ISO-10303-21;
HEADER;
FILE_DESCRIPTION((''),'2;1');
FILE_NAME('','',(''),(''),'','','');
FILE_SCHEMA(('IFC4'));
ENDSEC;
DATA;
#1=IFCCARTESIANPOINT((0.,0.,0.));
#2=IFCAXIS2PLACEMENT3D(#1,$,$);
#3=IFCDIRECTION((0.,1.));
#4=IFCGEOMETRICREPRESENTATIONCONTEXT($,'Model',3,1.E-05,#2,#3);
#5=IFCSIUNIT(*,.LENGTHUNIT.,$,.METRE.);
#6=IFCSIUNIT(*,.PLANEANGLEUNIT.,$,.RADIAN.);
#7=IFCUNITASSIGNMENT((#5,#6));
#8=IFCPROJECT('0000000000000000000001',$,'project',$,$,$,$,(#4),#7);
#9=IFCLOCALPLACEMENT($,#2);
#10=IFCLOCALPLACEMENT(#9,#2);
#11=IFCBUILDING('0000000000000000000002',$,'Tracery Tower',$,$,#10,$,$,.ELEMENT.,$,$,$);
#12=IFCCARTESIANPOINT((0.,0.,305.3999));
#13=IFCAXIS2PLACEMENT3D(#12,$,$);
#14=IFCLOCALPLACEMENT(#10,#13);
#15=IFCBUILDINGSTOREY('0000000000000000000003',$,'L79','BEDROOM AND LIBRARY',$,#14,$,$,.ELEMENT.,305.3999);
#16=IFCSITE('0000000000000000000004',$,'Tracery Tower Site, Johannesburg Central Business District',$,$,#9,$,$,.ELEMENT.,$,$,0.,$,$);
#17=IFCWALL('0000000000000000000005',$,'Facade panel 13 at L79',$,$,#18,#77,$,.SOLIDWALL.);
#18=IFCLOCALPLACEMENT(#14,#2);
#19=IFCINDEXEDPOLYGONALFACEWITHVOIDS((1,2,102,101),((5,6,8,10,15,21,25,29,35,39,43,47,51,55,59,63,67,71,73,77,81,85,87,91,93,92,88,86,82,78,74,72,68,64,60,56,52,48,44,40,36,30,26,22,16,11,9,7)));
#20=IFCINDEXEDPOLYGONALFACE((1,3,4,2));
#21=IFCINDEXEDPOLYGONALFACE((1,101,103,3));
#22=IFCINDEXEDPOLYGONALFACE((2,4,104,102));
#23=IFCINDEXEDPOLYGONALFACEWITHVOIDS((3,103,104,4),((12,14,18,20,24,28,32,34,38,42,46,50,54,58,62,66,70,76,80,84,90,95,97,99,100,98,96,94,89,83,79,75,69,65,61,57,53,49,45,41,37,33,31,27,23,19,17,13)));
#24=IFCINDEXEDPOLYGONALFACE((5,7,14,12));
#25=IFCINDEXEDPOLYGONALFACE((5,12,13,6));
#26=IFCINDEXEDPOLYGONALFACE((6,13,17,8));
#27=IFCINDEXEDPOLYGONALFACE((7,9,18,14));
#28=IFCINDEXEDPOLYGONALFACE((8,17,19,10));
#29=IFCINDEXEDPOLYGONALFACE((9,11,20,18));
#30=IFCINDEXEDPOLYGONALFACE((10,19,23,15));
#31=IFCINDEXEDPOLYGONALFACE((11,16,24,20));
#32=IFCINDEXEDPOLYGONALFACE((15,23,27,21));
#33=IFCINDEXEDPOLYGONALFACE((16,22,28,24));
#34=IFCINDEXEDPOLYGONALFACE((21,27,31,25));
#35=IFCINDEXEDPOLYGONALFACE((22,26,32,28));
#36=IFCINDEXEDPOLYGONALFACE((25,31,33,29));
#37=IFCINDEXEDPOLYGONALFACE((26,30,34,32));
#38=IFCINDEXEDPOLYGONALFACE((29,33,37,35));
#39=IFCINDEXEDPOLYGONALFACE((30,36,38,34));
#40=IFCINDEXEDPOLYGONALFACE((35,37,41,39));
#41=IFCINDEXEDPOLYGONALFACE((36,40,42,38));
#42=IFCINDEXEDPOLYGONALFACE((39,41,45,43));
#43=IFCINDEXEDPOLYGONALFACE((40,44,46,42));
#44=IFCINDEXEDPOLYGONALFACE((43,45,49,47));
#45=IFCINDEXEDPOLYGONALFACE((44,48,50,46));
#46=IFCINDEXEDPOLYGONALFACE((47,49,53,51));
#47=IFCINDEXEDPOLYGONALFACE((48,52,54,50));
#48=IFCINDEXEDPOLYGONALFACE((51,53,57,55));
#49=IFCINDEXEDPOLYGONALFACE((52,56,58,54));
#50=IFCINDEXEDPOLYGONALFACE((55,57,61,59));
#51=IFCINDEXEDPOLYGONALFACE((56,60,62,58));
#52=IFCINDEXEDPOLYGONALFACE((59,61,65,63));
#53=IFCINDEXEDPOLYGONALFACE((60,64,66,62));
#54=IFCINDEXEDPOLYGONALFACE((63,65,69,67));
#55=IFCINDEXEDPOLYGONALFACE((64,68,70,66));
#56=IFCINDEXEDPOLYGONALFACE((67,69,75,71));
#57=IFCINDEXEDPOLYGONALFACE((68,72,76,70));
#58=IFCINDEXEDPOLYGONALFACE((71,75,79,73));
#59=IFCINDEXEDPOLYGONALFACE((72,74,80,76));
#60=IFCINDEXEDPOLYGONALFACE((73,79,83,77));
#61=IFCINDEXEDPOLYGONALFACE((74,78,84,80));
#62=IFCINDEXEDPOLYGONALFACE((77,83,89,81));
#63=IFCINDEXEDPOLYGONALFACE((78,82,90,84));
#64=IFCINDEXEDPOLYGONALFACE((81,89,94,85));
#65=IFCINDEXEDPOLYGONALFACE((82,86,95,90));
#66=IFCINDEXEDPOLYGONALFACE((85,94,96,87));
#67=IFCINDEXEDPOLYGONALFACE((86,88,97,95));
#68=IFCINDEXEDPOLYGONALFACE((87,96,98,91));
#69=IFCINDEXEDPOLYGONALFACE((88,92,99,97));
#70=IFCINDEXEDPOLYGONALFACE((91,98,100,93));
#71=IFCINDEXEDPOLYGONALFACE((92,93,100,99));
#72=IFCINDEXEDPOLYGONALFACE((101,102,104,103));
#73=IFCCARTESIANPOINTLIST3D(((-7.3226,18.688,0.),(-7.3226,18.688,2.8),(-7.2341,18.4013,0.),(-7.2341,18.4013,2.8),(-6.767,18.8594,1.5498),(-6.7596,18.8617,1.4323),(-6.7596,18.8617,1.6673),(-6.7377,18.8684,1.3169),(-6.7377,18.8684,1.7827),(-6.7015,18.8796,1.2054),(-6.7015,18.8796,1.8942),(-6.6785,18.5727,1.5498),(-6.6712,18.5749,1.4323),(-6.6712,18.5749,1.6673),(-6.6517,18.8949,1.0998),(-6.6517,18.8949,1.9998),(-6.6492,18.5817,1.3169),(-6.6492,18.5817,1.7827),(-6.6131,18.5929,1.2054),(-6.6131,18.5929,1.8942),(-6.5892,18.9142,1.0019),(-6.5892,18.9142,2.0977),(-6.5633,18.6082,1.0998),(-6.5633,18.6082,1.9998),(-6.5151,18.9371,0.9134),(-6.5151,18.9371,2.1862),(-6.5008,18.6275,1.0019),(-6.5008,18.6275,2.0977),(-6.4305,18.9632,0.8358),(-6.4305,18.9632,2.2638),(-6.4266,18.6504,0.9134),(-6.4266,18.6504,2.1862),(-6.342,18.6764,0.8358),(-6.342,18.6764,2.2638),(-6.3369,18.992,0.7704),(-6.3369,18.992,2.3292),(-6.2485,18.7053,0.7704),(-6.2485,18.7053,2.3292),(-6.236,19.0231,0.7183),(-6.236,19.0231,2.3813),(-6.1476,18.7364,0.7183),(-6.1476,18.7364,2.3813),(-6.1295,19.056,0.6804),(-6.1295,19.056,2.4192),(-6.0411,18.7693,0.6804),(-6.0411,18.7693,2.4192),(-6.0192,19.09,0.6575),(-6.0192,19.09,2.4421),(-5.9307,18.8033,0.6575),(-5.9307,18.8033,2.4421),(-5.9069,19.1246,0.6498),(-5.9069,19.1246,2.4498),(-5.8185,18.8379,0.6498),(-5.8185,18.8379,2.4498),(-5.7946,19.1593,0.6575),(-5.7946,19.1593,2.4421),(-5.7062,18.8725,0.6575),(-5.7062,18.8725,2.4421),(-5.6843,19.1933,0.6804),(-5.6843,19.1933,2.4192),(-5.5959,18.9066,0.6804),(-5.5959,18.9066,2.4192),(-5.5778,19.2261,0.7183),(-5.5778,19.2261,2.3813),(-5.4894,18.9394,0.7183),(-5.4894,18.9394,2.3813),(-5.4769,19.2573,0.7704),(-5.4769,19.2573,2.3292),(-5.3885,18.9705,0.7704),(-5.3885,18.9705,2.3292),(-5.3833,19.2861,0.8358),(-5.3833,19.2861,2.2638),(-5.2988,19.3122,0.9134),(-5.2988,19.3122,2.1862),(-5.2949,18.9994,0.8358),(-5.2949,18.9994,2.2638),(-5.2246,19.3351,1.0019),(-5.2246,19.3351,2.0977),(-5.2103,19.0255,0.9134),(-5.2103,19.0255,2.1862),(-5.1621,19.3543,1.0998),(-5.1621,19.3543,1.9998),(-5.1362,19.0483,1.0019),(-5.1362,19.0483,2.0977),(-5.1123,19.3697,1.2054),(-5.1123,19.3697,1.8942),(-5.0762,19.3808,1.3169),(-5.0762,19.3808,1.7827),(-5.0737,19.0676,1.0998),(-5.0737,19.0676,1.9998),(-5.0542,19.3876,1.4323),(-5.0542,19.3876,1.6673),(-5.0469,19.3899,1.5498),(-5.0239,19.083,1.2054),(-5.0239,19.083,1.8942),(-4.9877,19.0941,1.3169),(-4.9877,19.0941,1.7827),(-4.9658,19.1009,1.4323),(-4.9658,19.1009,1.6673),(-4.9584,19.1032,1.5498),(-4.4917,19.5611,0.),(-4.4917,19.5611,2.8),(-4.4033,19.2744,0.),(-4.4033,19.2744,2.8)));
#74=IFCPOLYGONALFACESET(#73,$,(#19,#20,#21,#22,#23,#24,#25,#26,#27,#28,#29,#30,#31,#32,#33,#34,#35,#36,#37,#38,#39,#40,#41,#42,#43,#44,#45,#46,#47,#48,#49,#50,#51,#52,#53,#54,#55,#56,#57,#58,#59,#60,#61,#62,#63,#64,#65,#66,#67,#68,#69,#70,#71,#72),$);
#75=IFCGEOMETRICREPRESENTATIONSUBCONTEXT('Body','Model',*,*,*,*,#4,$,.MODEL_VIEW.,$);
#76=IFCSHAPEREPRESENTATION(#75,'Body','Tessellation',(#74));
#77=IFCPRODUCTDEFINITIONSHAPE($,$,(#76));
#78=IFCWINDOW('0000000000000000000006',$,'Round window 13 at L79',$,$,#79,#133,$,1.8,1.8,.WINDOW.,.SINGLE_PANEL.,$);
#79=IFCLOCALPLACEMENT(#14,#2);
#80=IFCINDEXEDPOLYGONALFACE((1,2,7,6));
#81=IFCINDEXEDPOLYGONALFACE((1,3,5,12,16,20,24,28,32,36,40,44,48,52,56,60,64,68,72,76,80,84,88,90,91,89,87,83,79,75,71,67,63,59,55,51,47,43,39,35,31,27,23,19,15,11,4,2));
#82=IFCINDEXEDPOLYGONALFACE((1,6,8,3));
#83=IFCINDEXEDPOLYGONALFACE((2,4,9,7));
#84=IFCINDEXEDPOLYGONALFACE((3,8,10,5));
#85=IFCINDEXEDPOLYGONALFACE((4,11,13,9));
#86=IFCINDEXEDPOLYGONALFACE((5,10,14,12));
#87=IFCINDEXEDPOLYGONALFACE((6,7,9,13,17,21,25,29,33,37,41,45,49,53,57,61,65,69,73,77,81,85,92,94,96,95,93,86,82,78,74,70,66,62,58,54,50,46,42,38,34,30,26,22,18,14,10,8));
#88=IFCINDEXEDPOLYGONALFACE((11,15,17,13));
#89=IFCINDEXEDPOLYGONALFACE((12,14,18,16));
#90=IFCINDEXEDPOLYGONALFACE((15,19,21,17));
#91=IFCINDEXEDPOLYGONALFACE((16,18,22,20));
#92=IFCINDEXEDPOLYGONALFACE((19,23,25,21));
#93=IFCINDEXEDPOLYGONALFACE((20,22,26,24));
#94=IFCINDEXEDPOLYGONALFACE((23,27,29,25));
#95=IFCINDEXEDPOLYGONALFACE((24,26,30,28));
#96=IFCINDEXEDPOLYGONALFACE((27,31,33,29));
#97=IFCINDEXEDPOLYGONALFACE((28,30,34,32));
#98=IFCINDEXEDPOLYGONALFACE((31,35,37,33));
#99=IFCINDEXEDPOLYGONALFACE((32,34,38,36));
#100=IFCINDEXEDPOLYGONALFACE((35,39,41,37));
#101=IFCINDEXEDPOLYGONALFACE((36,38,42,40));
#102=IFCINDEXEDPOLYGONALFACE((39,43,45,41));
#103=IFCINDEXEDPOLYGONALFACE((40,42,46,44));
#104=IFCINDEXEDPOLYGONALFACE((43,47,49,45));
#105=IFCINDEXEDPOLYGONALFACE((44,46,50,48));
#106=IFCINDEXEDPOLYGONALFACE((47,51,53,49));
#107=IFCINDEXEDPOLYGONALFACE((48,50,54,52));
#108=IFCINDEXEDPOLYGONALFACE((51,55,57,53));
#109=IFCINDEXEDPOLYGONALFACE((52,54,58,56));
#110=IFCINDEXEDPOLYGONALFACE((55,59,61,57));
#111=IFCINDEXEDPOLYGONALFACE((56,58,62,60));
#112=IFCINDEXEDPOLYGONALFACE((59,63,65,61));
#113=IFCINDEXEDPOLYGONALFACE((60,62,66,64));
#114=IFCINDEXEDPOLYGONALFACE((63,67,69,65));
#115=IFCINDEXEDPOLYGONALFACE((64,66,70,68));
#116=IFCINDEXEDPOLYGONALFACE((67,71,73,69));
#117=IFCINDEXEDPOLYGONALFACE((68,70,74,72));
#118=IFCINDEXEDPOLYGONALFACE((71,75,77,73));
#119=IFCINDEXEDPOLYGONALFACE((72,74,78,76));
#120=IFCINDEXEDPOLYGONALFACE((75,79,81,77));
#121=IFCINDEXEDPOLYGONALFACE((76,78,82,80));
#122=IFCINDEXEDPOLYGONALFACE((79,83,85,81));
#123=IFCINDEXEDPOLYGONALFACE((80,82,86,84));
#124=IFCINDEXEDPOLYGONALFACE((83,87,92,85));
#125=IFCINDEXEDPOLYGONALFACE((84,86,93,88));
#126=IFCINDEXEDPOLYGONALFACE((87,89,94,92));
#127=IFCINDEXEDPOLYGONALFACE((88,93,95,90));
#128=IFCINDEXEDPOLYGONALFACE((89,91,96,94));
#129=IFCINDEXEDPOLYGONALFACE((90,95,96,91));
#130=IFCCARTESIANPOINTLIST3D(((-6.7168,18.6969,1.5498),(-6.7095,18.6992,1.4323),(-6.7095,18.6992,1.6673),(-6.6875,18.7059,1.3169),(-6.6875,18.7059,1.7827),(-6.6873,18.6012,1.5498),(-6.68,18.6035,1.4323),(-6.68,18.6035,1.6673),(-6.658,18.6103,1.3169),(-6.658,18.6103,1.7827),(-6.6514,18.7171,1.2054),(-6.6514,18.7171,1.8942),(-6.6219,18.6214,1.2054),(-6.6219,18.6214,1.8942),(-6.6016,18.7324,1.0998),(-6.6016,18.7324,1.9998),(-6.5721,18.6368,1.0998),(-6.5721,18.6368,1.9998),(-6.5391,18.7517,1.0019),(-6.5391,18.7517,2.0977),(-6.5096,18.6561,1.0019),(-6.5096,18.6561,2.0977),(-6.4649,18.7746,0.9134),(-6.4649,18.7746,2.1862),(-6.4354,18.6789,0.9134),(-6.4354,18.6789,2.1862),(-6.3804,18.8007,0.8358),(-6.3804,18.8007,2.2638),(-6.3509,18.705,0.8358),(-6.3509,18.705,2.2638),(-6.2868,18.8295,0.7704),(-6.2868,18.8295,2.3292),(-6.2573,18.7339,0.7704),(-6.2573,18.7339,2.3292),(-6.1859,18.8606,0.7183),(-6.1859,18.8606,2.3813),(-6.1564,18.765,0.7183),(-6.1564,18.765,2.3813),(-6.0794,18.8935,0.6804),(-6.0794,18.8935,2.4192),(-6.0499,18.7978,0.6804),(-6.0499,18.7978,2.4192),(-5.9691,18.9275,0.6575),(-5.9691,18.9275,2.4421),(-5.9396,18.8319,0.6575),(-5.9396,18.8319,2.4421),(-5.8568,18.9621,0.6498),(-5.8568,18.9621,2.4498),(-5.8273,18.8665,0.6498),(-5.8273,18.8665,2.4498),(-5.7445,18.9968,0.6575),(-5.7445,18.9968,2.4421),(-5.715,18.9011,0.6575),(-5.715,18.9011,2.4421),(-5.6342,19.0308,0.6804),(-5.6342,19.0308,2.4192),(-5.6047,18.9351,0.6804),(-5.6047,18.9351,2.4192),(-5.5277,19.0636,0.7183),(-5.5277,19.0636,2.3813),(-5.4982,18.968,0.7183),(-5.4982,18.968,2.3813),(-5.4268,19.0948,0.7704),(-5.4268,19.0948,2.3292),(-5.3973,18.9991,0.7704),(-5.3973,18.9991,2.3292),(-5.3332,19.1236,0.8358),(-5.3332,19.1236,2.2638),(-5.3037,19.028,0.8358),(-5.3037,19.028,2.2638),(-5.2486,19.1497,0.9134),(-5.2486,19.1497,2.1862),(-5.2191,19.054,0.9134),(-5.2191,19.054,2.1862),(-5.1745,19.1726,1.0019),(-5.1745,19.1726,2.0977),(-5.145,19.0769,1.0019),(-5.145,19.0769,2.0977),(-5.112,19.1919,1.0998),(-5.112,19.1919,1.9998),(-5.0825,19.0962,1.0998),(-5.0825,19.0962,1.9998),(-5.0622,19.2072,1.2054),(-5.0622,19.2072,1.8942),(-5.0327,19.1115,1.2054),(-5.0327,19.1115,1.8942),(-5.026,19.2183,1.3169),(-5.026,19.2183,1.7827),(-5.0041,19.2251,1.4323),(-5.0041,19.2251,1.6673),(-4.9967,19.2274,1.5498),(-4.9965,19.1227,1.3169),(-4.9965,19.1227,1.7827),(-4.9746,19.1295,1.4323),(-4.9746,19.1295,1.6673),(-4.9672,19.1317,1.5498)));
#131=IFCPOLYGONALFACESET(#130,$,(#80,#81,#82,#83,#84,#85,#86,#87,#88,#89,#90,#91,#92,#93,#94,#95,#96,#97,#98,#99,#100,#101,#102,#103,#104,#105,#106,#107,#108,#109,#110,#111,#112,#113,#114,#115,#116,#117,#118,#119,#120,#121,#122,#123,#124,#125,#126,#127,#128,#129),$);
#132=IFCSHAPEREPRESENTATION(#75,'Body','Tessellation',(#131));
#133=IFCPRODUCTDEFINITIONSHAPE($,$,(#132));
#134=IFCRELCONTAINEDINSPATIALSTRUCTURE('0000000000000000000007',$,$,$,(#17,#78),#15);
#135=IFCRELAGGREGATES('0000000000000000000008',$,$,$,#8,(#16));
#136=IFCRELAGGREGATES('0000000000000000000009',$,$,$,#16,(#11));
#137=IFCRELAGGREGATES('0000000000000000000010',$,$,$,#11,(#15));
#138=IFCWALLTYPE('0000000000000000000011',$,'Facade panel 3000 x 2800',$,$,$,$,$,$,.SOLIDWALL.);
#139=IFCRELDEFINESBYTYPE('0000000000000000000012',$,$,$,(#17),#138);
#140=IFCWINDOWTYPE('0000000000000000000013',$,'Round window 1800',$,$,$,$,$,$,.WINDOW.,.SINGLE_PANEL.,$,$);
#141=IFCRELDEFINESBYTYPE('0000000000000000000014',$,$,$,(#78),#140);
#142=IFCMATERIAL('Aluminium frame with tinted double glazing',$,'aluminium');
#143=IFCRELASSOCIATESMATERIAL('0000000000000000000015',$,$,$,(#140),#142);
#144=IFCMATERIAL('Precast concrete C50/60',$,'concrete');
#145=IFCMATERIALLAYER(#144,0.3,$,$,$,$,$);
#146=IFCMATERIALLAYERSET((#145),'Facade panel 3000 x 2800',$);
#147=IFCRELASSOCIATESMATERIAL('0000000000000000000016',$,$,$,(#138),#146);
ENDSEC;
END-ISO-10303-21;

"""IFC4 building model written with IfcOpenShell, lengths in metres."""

from ifc_helpers import new_model, si_unit, direction, frame, frame_2d, origin, origin_2d, place, context, subcontext, project, spatial, rectangle, circle, extrude, material, layer, layer_set, type_object, element, fill, save


model = new_model("IFC4")

# Units and contexts
model_context = context("Model", 3, precision=1e-05, world=origin(), true_north=direction((0.0, 1.0)))
body_context = subcontext(model_context, "Body", "Model", "MODEL_VIEW")
ifc_project = project(units=[si_unit("LENGTHUNIT", "METRE"), si_unit("PLANEANGLEUNIT", "RADIAN")], contexts=[model_context])

# Site, building, storey
site_placement = place(None, origin())
site = spatial("IfcSite", under=ifc_project, at=site_placement, Name="Tracery Tower Site, Johannesburg Central Business District", CompositionType="ELEMENT", RefElevation=0.0)
building_placement = place(site_placement, origin())
building = spatial("IfcBuilding", under=site, at=building_placement, Name="Tracery Tower", CompositionType="ELEMENT")
storey_placement = place(building_placement, frame((0.0, 0.0, 305.3999)))
storey = spatial("IfcBuildingStorey", under=building, at=storey_placement, Name="L79", Description="BEDROOM AND LIBRARY", CompositionType="ELEMENT", Elevation=305.3999)

# Wall, opening, window
ifc_material_1 = material(Name="Aluminium frame with tinted double glazing", Category="aluminium")
window_type = type_object("IfcWindowType", Name="Round window 1800", PartitioningType="SINGLE_PANEL", PredefinedType="WINDOW", material=ifc_material_1)
ifc_material_2 = material(Name="Precast concrete C50/60", Category="concrete")
ifc_layer_1 = layer(ifc_material_2, 0.3)
ifc_layer_set_1 = layer_set([ifc_layer_1], Name="Facade panel 3000 x 2800")
wall_type_1 = type_object("IfcWallType", Name="Facade panel 3000 x 2800", PredefinedType="SOLIDWALL", material=ifc_layer_set_1)
wall_1_placement = place(storey_placement, frame((-4.4475, 19.4177, 0.0), z_axis=(0.0, 0.0, 1.0), x_axis=(-0.955586, -0.294711, 0.0)))
wall_1 = element("IfcWall", 1, at=wall_1_placement, inside=storey, type_object=wall_type_1, Name="Facade panel 13 at L79", PredefinedType="SOLIDWALL", context=body_context, shape_type="SweptSolid", body=[
    extrude(rectangle(XDim=2.9624, YDim=0.3, at=frame_2d((1.4812, 0.0))), origin(), (0.0, 0.0, 1.0), 2.8),
])
opening_1_placement = place(wall_1_placement, frame((1.481, 0.0, 1.5498)))
opening_1 = element("IfcOpeningElement", 2, at=opening_1_placement, cuts=wall_1, PredefinedType="OPENING", context=body_context, shape_type="SweptSolid", body=[
    extrude(circle(Radius=0.9, at=origin_2d()), frame((0.0, 0.1599, 0.0), z_axis=(0.0, -1.0, 0.0), x_axis=(1.0, 0.0, 0.0)), (0.0, 0.0, 1.0), 0.3201),
])
window_1_placement = place(opening_1_placement, origin())
window_1 = element("IfcWindow", 3, at=window_1_placement, inside=storey, type_object=window_type, Name="Round window 13 at L79", OverallHeight=1.8, OverallWidth=1.8, PartitioningType="SINGLE_PANEL", PredefinedType="WINDOW", context=body_context, shape_type="SweptSolid", body=[
    extrude(circle(Radius=0.9, at=origin_2d()), frame((0.0, 0.1201, 0.0), z_axis=(0.0, -1.0, 0.0), x_axis=(1.0, 0.0, 0.0)), (0.0, 0.0, 1.0), 0.1001),
])
fill(opening_1, window_1)

save(model, "model.ifc")
